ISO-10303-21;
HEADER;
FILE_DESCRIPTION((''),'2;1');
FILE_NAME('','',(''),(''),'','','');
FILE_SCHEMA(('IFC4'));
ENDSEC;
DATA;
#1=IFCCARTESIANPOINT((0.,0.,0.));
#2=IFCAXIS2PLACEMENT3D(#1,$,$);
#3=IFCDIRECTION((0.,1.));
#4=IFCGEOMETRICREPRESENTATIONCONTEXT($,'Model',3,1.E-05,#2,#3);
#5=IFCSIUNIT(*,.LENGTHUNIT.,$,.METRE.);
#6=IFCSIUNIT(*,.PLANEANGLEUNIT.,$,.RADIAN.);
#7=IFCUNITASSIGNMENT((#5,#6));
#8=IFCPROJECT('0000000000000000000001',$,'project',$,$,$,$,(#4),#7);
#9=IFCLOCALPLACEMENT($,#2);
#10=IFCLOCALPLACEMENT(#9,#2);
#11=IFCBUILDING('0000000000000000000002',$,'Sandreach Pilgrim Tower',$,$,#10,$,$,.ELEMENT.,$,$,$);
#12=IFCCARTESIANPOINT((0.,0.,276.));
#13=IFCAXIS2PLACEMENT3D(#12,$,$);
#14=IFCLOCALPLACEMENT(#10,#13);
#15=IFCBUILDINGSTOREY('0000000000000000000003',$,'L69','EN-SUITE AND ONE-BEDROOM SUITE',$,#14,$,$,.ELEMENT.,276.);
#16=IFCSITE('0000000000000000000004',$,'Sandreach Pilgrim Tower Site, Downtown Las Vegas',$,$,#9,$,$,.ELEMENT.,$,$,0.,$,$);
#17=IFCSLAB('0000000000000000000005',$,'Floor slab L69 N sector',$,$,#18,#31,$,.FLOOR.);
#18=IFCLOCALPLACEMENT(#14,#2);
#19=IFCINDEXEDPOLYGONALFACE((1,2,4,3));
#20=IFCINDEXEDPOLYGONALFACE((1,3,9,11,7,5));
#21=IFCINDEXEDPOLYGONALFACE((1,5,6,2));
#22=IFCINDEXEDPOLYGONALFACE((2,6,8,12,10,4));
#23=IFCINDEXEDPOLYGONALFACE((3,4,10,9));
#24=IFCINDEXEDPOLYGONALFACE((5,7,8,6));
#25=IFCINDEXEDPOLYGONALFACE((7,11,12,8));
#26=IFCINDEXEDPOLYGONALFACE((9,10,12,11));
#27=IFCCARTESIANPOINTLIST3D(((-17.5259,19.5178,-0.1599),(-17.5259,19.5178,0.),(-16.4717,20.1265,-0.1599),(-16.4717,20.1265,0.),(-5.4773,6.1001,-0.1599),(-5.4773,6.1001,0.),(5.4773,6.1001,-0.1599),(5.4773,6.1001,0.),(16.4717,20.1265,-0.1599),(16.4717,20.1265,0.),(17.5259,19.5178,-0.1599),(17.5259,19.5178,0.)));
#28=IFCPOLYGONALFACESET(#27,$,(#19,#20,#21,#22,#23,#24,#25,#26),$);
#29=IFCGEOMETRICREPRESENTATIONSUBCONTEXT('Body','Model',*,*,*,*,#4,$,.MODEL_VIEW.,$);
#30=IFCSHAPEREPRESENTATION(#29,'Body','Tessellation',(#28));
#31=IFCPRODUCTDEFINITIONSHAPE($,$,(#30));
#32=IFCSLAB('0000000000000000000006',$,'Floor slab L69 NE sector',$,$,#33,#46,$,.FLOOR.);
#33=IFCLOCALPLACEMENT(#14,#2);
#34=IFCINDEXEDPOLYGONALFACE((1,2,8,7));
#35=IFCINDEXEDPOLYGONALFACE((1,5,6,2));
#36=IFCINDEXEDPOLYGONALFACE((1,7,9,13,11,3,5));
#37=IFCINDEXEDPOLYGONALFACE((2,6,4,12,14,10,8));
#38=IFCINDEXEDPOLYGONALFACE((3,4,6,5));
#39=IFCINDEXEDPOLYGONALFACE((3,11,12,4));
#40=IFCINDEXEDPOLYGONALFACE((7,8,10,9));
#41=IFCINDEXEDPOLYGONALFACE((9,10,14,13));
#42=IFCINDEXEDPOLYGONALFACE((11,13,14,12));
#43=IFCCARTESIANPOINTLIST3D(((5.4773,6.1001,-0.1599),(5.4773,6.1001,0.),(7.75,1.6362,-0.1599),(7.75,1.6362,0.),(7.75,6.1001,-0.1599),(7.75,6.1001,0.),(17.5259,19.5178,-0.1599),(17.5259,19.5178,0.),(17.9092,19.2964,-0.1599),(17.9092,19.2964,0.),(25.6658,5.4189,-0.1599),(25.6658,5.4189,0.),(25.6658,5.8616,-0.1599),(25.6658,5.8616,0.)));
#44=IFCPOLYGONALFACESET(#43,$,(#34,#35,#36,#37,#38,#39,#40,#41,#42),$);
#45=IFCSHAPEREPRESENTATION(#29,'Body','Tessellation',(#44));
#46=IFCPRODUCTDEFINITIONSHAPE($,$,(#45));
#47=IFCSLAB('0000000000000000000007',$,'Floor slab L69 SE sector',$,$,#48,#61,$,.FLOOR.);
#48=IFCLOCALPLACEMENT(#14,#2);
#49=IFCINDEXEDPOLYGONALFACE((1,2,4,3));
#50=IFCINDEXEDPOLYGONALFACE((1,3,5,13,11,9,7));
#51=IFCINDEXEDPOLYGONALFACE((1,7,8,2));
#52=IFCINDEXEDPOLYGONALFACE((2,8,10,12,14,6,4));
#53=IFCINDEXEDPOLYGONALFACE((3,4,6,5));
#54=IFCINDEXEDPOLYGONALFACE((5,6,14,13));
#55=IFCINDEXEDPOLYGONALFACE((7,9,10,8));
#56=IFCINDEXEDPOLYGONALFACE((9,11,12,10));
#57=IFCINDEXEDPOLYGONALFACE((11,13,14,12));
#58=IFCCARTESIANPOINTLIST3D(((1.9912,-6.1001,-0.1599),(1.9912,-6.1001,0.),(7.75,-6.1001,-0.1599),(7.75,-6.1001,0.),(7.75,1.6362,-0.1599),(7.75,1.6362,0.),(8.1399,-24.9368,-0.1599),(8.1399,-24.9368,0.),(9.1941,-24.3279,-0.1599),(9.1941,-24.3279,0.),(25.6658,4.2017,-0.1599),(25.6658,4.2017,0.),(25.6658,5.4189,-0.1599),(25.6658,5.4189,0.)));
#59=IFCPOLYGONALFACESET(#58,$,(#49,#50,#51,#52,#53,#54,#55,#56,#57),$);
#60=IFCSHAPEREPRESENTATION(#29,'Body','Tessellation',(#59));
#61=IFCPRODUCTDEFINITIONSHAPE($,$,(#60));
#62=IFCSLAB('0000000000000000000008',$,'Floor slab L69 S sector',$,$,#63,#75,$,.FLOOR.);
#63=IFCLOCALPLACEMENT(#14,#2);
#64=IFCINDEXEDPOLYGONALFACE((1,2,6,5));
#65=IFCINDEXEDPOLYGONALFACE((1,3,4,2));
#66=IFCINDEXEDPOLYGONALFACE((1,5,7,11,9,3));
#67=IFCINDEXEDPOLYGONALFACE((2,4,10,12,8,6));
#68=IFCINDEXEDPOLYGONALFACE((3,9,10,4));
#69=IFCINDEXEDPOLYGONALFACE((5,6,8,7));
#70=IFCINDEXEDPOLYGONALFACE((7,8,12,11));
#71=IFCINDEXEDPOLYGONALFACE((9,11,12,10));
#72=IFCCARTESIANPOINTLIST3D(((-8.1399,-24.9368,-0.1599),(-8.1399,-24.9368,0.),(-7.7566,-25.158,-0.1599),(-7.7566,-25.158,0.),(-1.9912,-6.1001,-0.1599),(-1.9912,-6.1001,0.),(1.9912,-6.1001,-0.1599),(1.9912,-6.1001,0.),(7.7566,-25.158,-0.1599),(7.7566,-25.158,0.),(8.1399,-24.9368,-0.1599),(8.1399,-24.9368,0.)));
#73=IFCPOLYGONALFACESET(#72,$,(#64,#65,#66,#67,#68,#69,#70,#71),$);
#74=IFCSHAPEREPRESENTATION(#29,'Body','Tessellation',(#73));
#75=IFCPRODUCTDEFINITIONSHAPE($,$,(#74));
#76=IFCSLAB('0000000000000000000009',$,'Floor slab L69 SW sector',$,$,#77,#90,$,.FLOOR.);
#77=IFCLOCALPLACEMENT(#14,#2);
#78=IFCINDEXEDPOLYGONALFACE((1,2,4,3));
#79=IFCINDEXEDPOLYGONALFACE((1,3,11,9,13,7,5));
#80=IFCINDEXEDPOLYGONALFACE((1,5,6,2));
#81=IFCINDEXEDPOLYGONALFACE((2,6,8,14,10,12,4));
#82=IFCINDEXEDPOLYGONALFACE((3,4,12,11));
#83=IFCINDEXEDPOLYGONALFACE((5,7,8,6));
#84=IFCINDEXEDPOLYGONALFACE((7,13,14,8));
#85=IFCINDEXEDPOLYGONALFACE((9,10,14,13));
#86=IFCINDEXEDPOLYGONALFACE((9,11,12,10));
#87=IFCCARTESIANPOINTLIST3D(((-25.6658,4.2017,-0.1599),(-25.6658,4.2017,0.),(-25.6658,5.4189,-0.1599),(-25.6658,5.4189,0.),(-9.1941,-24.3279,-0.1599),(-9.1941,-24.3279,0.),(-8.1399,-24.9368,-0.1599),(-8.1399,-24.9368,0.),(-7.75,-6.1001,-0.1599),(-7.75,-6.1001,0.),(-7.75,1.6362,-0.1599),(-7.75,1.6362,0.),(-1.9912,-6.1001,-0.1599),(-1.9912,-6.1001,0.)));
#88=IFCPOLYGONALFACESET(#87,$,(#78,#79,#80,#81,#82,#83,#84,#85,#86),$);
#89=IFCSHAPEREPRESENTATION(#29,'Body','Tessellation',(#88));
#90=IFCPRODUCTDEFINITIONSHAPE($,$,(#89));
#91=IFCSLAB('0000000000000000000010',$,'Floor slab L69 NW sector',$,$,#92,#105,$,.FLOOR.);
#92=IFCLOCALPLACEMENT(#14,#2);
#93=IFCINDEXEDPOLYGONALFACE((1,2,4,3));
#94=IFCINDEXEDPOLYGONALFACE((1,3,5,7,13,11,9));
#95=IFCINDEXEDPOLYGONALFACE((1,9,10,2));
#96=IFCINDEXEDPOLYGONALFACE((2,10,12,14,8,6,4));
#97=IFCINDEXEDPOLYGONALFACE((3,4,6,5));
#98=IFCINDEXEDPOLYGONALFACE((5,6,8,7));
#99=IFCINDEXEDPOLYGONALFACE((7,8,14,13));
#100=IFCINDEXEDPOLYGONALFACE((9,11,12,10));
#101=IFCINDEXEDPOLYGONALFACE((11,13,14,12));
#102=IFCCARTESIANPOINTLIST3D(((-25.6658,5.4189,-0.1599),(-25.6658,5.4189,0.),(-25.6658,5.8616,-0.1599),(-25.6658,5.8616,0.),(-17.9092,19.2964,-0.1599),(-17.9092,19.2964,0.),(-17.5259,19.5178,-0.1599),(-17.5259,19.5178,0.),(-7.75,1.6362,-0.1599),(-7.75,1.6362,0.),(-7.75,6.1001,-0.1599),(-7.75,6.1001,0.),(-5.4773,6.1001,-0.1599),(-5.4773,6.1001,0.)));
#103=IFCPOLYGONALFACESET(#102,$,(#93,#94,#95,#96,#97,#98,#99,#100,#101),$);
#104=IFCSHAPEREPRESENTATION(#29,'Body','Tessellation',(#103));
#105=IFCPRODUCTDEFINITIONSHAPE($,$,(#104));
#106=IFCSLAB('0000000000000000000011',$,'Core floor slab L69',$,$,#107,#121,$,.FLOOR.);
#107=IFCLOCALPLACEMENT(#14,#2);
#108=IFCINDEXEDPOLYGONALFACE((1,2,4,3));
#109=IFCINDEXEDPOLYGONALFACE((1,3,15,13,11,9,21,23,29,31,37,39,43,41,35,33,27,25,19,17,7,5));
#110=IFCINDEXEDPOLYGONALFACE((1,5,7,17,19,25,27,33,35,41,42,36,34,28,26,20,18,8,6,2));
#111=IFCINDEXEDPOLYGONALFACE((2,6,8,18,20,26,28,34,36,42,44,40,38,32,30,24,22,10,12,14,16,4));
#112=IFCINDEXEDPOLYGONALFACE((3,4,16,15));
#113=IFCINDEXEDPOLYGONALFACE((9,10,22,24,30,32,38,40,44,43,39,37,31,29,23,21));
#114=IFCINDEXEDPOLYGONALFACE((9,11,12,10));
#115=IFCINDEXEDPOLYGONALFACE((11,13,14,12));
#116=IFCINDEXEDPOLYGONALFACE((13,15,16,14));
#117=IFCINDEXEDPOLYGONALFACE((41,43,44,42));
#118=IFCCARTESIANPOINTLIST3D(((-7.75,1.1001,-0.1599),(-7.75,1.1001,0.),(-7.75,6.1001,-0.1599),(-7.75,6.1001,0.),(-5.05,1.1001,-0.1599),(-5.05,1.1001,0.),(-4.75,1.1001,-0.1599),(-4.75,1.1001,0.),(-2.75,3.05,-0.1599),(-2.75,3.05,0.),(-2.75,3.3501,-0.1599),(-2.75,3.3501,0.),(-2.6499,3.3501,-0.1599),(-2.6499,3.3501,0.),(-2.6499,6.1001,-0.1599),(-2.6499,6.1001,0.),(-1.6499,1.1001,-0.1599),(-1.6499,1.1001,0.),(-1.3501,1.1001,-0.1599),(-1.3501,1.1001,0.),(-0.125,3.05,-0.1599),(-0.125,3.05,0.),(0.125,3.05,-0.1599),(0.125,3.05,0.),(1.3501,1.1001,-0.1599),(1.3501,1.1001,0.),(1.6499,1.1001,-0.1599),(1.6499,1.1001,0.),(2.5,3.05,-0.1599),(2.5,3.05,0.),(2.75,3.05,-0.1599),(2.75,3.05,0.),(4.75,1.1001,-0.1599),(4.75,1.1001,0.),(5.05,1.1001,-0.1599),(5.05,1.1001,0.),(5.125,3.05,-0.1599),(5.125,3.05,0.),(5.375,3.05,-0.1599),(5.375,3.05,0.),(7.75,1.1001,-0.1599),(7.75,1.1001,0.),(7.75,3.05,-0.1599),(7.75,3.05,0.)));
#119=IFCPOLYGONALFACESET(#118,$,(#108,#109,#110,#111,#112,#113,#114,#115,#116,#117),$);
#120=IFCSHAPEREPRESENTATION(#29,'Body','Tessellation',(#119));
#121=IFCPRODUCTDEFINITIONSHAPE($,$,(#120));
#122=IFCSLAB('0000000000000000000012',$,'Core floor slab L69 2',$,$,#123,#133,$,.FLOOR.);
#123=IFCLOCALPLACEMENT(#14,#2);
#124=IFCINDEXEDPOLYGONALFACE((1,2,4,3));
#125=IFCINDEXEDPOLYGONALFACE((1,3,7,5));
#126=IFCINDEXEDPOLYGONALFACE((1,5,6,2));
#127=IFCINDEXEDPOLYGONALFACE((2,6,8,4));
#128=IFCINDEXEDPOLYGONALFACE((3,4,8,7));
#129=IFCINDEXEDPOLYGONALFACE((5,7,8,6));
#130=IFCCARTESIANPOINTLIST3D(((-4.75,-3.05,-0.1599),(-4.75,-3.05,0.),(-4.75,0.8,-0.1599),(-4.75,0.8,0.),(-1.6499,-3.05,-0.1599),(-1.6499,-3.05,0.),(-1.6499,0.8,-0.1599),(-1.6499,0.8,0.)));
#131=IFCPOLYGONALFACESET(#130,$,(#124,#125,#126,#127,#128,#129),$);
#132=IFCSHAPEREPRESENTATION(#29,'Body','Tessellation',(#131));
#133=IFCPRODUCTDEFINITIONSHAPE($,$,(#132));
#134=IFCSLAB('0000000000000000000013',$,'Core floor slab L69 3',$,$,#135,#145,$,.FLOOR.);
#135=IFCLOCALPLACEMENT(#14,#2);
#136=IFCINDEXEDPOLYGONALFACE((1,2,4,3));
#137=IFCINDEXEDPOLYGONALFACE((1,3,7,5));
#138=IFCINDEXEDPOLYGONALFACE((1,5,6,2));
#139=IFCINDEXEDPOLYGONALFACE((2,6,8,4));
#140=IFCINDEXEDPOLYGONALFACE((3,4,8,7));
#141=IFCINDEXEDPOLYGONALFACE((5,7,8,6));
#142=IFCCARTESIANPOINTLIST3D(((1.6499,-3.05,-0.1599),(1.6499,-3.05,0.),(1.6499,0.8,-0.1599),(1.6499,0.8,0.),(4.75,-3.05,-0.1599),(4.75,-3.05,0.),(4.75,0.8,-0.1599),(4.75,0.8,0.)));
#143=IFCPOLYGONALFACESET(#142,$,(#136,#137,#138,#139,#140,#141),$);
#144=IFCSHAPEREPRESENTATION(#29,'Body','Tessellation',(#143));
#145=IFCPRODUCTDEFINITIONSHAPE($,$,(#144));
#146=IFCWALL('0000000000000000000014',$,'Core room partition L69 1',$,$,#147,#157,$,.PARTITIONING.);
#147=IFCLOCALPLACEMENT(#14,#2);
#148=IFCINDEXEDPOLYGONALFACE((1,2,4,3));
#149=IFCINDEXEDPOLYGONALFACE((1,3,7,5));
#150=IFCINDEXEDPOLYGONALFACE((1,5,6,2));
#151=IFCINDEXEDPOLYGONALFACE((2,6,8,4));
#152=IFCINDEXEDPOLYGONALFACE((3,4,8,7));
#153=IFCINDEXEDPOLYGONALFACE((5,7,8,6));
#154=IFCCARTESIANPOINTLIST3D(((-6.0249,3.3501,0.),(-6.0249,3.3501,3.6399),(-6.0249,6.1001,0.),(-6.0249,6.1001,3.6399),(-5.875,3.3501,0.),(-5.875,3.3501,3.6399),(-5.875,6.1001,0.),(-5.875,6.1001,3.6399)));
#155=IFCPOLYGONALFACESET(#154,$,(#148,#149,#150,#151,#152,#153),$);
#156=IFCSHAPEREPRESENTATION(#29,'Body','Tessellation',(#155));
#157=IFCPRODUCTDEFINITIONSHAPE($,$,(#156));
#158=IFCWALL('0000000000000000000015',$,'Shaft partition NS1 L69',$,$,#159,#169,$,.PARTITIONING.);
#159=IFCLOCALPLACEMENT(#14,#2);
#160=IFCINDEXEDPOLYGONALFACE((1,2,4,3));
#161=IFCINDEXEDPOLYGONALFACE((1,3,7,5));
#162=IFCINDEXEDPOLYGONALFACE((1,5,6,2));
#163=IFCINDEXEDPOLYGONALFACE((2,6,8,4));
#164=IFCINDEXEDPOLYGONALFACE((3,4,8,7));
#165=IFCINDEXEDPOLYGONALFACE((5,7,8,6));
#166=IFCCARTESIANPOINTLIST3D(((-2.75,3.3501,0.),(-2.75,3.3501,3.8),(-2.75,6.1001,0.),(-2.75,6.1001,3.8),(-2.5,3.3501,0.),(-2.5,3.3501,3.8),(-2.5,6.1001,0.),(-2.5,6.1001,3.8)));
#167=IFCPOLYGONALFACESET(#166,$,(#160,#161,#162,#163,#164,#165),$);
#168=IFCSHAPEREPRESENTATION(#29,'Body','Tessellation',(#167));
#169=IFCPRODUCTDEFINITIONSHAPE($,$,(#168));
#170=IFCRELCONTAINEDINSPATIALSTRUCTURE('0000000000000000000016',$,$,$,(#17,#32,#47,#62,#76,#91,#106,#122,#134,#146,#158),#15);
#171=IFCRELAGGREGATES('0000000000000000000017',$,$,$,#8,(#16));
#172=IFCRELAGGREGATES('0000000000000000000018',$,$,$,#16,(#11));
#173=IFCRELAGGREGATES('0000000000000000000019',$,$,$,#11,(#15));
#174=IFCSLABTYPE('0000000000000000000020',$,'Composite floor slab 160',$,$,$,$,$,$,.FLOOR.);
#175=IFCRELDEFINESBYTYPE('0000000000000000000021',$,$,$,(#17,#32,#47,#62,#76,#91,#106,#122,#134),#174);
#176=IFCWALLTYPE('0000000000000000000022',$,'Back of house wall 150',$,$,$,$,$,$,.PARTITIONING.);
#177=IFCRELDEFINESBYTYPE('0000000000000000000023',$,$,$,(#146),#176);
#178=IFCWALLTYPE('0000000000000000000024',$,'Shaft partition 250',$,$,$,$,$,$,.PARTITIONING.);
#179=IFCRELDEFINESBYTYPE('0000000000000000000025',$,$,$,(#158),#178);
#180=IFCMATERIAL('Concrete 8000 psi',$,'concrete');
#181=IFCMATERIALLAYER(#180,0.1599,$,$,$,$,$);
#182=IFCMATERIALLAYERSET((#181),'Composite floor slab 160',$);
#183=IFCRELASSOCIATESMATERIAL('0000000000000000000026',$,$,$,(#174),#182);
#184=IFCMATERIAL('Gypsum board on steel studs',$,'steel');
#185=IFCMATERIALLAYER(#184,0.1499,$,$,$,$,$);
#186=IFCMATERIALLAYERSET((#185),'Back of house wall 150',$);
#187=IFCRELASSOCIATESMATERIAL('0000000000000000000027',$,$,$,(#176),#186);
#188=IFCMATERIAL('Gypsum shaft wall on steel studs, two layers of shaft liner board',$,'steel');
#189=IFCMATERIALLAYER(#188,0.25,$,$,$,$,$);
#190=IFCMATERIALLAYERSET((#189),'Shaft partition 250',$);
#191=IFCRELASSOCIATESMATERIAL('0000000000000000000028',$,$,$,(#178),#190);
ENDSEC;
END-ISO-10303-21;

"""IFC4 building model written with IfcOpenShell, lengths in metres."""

from ifc_helpers import new_model, si_unit, direction, frame, frame_2d, origin, place, context, subcontext, project, spatial, polyline, rectangle, outline, extrude, material, layer, layer_set, type_object, element, save


model = new_model("IFC4")

# Units and contexts
model_context = context("Model", 3, precision=1e-05, world=origin(), true_north=direction((0.0, 1.0)))
body_context = subcontext(model_context, "Body", "Model", "MODEL_VIEW")
ifc_project = project(units=[si_unit("LENGTHUNIT", "METRE"), si_unit("PLANEANGLEUNIT", "RADIAN")], contexts=[model_context])

# Site, building, storey
site_placement = place(None, origin())
site = spatial("IfcSite", under=ifc_project, at=site_placement, Name="Sandreach Pilgrim Tower Site, Downtown Las Vegas", CompositionType="ELEMENT", RefElevation=0.0)
building_placement = place(site_placement, origin())
building = spatial("IfcBuilding", under=site, at=building_placement, Name="Sandreach Pilgrim Tower", CompositionType="ELEMENT")
storey_placement = place(building_placement, frame((0.0, 0.0, 276.0)))
storey = spatial("IfcBuildingStorey", under=building, at=storey_placement, Name="L69", Description="EN-SUITE AND ONE-BEDROOM SUITE", CompositionType="ELEMENT", Elevation=276.0)

# Slabs
ifc_material_1 = material(Name="Concrete 8000 psi", Category="concrete")
ifc_layer_1 = layer(ifc_material_1, 0.1599)
ifc_layer_set_1 = layer_set([ifc_layer_1], Name="Composite floor slab 160")
slab_type = type_object("IfcSlabType", Name="Composite floor slab 160", PredefinedType="FLOOR", material=ifc_layer_set_1)
slab_1_placement = place(storey_placement, frame((0.0, 0.0, -0.1599)))
element("IfcSlab", 1, at=slab_1_placement, inside=storey, type_object=slab_type, Name="Floor slab L69 N sector", PredefinedType="FLOOR", context=body_context, shape_type="SweptSolid", body=[
    extrude(outline(polyline([(-16.4717, 20.1265), (16.4717, 20.1265), (17.5259, 19.5178), (5.4773, 6.1001), (-5.4773, 6.1001), (-17.5259, 19.5178), (-16.4717, 20.1265)])), origin(), (0.0, 0.0, 1.0), 0.1599),
])
slab_2_placement = place(storey_placement, frame((0.0, 0.0, -0.1599)))
element("IfcSlab", 2, at=slab_2_placement, inside=storey, type_object=slab_type, Name="Floor slab L69 NE sector", PredefinedType="FLOOR", context=body_context, shape_type="SweptSolid", body=[
    extrude(outline(polyline([(17.9092, 19.2964), (25.6658, 5.8616), (25.6658, 5.4189), (7.75, 1.6362), (7.75, 6.1001), (5.4773, 6.1001), (17.5259, 19.5178), (17.9092, 19.2964)])), origin(), (0.0, 0.0, 1.0), 0.1599),
])
slab_3_placement = place(storey_placement, frame((0.0, 0.0, -0.1599)))
element("IfcSlab", 3, at=slab_3_placement, inside=storey, type_object=slab_type, Name="Floor slab L69 SE sector", PredefinedType="FLOOR", context=body_context, shape_type="SweptSolid", body=[
    extrude(outline(polyline([(25.6658, 4.2017), (9.1941, -24.3279), (8.1399, -24.9368), (1.9912, -6.1001), (7.75, -6.1001), (7.75, 1.6362), (25.6658, 5.4189), (25.6658, 4.2017)])), origin(), (0.0, 0.0, 1.0), 0.1599),
])
slab_4_placement = place(storey_placement, frame((0.0, 0.0, -0.1599)))
element("IfcSlab", 4, at=slab_4_placement, inside=storey, type_object=slab_type, Name="Floor slab L69 S sector", PredefinedType="FLOOR", context=body_context, shape_type="SweptSolid", body=[
    extrude(outline(polyline([(7.7566, -25.158), (-7.7566, -25.158), (-8.1399, -24.9368), (-1.9912, -6.1001), (1.9912, -6.1001), (8.1399, -24.9368), (7.7566, -25.158)])), origin(), (0.0, 0.0, 1.0), 0.1599),
])
slab_5_placement = place(storey_placement, frame((0.0, 0.0, -0.1599)))
element("IfcSlab", 5, at=slab_5_placement, inside=storey, type_object=slab_type, Name="Floor slab L69 SW sector", PredefinedType="FLOOR", context=body_context, shape_type="SweptSolid", body=[
    extrude(outline(polyline([(-9.1941, -24.3279), (-25.6658, 4.2017), (-25.6658, 5.4189), (-7.75, 1.6362), (-7.75, -6.1001), (-1.9912, -6.1001), (-8.1399, -24.9368), (-9.1941, -24.3279)])), origin(), (0.0, 0.0, 1.0), 0.1599),
])
slab_6_placement = place(storey_placement, frame((0.0, 0.0, -0.1599)))
element("IfcSlab", 6, at=slab_6_placement, inside=storey, type_object=slab_type, Name="Floor slab L69 NW sector", PredefinedType="FLOOR", context=body_context, shape_type="SweptSolid", body=[
    extrude(outline(polyline([(-25.6658, 5.8616), (-17.9092, 19.2964), (-17.5259, 19.5178), (-5.4773, 6.1001), (-7.75, 6.1001), (-7.75, 1.6362), (-25.6658, 5.4189), (-25.6658, 5.8616)])), origin(), (0.0, 0.0, 1.0), 0.1599),
])
slab_7_placement = place(storey_placement, frame((0.0, 0.0, -0.1599)))
element("IfcSlab", 7, at=slab_7_placement, inside=storey, type_object=slab_type, Name="Core floor slab L69", PredefinedType="FLOOR", context=body_context, shape_type="SweptSolid", body=[
    extrude(outline(polyline([(-2.75, 3.3501), (-2.75, 3.05), (-0.125, 3.05), (0.125, 3.05), (2.5, 3.05), (2.75, 3.05), (5.125, 3.05), (5.375, 3.05), (7.75, 3.05), (7.75, 1.1001), (5.05, 1.1001), (4.75, 1.1001), (1.6499, 1.1001), (1.3501, 1.1001), (-1.3501, 1.1001), (-1.6499, 1.1001), (-4.75, 1.1001), (-5.05, 1.1001), (-7.75, 1.1001), (-7.75, 6.1001), (-2.6499, 6.1001), (-2.6499, 3.3501), (-2.75, 3.3501)])), origin(), (0.0, 0.0, 1.0), 0.1599),
])
slab_8_placement = place(storey_placement, frame((0.0, 0.0, -0.1599)))
element("IfcSlab", 8, at=slab_8_placement, inside=storey, type_object=slab_type, Name="Core floor slab L69 2", PredefinedType="FLOOR", context=body_context, shape_type="SweptSolid", body=[
    extrude(outline(polyline([(-1.6499, -3.05), (-4.75, -3.05), (-4.75, 0.8), (-1.6499, 0.8), (-1.6499, -3.05)])), origin(), (0.0, 0.0, 1.0), 0.1599),
])
slab_9_placement = place(storey_placement, frame((0.0, 0.0, -0.1599)))
element("IfcSlab", 9, at=slab_9_placement, inside=storey, type_object=slab_type, Name="Core floor slab L69 3", PredefinedType="FLOOR", context=body_context, shape_type="SweptSolid", body=[
    extrude(outline(polyline([(4.75, -3.05), (1.6499, -3.05), (1.6499, 0.8), (4.75, 0.8), (4.75, -3.05)])), origin(), (0.0, 0.0, 1.0), 0.1599),
])

# Wall
ifc_material_2 = material(Name="Gypsum board on steel studs", Category="steel")
ifc_layer_2 = layer(ifc_material_2, 0.1499)
ifc_layer_set_2 = layer_set([ifc_layer_2], Name="Back of house wall 150")
wall_type_1 = type_object("IfcWallType", Name="Back of house wall 150", PredefinedType="PARTITIONING", material=ifc_layer_set_2)
wall_1_placement = place(storey_placement, frame((-5.95, 3.3501, 0.0), z_axis=(0.0, 0.0, 1.0), x_axis=(0.0, 1.0, 0.0)))
element("IfcWall", 10, at=wall_1_placement, inside=storey, type_object=wall_type_1, Name="Core room partition L69 1", PredefinedType="PARTITIONING", context=body_context, shape_type="SweptSolid", body=[
    extrude(rectangle(XDim=2.75, YDim=0.1499, at=frame_2d((1.375, 0.0))), origin(), (0.0, 0.0, 1.0), 3.6399),
])

# Wall
ifc_material_3 = material(Name="Gypsum shaft wall on steel studs, two layers of shaft liner board", Category="steel")
ifc_layer_3 = layer(ifc_material_3, 0.25)
ifc_layer_set_3 = layer_set([ifc_layer_3], Name="Shaft partition 250")
wall_type_2 = type_object("IfcWallType", Name="Shaft partition 250", PredefinedType="PARTITIONING", material=ifc_layer_set_3)
wall_2_placement = place(storey_placement, frame((-2.625, 3.3501, 0.0), z_axis=(0.0, 0.0, 1.0), x_axis=(0.0, 1.0, 0.0)))
element("IfcWall", 11, at=wall_2_placement, inside=storey, type_object=wall_type_2, Name="Shaft partition NS1 L69", PredefinedType="PARTITIONING", context=body_context, shape_type="SweptSolid", body=[
    extrude(rectangle(XDim=2.75, YDim=0.25, at=frame_2d((1.375, 0.0))), origin(), (0.0, 0.0, 1.0), 3.8),
])

save(model, "model.ifc")
